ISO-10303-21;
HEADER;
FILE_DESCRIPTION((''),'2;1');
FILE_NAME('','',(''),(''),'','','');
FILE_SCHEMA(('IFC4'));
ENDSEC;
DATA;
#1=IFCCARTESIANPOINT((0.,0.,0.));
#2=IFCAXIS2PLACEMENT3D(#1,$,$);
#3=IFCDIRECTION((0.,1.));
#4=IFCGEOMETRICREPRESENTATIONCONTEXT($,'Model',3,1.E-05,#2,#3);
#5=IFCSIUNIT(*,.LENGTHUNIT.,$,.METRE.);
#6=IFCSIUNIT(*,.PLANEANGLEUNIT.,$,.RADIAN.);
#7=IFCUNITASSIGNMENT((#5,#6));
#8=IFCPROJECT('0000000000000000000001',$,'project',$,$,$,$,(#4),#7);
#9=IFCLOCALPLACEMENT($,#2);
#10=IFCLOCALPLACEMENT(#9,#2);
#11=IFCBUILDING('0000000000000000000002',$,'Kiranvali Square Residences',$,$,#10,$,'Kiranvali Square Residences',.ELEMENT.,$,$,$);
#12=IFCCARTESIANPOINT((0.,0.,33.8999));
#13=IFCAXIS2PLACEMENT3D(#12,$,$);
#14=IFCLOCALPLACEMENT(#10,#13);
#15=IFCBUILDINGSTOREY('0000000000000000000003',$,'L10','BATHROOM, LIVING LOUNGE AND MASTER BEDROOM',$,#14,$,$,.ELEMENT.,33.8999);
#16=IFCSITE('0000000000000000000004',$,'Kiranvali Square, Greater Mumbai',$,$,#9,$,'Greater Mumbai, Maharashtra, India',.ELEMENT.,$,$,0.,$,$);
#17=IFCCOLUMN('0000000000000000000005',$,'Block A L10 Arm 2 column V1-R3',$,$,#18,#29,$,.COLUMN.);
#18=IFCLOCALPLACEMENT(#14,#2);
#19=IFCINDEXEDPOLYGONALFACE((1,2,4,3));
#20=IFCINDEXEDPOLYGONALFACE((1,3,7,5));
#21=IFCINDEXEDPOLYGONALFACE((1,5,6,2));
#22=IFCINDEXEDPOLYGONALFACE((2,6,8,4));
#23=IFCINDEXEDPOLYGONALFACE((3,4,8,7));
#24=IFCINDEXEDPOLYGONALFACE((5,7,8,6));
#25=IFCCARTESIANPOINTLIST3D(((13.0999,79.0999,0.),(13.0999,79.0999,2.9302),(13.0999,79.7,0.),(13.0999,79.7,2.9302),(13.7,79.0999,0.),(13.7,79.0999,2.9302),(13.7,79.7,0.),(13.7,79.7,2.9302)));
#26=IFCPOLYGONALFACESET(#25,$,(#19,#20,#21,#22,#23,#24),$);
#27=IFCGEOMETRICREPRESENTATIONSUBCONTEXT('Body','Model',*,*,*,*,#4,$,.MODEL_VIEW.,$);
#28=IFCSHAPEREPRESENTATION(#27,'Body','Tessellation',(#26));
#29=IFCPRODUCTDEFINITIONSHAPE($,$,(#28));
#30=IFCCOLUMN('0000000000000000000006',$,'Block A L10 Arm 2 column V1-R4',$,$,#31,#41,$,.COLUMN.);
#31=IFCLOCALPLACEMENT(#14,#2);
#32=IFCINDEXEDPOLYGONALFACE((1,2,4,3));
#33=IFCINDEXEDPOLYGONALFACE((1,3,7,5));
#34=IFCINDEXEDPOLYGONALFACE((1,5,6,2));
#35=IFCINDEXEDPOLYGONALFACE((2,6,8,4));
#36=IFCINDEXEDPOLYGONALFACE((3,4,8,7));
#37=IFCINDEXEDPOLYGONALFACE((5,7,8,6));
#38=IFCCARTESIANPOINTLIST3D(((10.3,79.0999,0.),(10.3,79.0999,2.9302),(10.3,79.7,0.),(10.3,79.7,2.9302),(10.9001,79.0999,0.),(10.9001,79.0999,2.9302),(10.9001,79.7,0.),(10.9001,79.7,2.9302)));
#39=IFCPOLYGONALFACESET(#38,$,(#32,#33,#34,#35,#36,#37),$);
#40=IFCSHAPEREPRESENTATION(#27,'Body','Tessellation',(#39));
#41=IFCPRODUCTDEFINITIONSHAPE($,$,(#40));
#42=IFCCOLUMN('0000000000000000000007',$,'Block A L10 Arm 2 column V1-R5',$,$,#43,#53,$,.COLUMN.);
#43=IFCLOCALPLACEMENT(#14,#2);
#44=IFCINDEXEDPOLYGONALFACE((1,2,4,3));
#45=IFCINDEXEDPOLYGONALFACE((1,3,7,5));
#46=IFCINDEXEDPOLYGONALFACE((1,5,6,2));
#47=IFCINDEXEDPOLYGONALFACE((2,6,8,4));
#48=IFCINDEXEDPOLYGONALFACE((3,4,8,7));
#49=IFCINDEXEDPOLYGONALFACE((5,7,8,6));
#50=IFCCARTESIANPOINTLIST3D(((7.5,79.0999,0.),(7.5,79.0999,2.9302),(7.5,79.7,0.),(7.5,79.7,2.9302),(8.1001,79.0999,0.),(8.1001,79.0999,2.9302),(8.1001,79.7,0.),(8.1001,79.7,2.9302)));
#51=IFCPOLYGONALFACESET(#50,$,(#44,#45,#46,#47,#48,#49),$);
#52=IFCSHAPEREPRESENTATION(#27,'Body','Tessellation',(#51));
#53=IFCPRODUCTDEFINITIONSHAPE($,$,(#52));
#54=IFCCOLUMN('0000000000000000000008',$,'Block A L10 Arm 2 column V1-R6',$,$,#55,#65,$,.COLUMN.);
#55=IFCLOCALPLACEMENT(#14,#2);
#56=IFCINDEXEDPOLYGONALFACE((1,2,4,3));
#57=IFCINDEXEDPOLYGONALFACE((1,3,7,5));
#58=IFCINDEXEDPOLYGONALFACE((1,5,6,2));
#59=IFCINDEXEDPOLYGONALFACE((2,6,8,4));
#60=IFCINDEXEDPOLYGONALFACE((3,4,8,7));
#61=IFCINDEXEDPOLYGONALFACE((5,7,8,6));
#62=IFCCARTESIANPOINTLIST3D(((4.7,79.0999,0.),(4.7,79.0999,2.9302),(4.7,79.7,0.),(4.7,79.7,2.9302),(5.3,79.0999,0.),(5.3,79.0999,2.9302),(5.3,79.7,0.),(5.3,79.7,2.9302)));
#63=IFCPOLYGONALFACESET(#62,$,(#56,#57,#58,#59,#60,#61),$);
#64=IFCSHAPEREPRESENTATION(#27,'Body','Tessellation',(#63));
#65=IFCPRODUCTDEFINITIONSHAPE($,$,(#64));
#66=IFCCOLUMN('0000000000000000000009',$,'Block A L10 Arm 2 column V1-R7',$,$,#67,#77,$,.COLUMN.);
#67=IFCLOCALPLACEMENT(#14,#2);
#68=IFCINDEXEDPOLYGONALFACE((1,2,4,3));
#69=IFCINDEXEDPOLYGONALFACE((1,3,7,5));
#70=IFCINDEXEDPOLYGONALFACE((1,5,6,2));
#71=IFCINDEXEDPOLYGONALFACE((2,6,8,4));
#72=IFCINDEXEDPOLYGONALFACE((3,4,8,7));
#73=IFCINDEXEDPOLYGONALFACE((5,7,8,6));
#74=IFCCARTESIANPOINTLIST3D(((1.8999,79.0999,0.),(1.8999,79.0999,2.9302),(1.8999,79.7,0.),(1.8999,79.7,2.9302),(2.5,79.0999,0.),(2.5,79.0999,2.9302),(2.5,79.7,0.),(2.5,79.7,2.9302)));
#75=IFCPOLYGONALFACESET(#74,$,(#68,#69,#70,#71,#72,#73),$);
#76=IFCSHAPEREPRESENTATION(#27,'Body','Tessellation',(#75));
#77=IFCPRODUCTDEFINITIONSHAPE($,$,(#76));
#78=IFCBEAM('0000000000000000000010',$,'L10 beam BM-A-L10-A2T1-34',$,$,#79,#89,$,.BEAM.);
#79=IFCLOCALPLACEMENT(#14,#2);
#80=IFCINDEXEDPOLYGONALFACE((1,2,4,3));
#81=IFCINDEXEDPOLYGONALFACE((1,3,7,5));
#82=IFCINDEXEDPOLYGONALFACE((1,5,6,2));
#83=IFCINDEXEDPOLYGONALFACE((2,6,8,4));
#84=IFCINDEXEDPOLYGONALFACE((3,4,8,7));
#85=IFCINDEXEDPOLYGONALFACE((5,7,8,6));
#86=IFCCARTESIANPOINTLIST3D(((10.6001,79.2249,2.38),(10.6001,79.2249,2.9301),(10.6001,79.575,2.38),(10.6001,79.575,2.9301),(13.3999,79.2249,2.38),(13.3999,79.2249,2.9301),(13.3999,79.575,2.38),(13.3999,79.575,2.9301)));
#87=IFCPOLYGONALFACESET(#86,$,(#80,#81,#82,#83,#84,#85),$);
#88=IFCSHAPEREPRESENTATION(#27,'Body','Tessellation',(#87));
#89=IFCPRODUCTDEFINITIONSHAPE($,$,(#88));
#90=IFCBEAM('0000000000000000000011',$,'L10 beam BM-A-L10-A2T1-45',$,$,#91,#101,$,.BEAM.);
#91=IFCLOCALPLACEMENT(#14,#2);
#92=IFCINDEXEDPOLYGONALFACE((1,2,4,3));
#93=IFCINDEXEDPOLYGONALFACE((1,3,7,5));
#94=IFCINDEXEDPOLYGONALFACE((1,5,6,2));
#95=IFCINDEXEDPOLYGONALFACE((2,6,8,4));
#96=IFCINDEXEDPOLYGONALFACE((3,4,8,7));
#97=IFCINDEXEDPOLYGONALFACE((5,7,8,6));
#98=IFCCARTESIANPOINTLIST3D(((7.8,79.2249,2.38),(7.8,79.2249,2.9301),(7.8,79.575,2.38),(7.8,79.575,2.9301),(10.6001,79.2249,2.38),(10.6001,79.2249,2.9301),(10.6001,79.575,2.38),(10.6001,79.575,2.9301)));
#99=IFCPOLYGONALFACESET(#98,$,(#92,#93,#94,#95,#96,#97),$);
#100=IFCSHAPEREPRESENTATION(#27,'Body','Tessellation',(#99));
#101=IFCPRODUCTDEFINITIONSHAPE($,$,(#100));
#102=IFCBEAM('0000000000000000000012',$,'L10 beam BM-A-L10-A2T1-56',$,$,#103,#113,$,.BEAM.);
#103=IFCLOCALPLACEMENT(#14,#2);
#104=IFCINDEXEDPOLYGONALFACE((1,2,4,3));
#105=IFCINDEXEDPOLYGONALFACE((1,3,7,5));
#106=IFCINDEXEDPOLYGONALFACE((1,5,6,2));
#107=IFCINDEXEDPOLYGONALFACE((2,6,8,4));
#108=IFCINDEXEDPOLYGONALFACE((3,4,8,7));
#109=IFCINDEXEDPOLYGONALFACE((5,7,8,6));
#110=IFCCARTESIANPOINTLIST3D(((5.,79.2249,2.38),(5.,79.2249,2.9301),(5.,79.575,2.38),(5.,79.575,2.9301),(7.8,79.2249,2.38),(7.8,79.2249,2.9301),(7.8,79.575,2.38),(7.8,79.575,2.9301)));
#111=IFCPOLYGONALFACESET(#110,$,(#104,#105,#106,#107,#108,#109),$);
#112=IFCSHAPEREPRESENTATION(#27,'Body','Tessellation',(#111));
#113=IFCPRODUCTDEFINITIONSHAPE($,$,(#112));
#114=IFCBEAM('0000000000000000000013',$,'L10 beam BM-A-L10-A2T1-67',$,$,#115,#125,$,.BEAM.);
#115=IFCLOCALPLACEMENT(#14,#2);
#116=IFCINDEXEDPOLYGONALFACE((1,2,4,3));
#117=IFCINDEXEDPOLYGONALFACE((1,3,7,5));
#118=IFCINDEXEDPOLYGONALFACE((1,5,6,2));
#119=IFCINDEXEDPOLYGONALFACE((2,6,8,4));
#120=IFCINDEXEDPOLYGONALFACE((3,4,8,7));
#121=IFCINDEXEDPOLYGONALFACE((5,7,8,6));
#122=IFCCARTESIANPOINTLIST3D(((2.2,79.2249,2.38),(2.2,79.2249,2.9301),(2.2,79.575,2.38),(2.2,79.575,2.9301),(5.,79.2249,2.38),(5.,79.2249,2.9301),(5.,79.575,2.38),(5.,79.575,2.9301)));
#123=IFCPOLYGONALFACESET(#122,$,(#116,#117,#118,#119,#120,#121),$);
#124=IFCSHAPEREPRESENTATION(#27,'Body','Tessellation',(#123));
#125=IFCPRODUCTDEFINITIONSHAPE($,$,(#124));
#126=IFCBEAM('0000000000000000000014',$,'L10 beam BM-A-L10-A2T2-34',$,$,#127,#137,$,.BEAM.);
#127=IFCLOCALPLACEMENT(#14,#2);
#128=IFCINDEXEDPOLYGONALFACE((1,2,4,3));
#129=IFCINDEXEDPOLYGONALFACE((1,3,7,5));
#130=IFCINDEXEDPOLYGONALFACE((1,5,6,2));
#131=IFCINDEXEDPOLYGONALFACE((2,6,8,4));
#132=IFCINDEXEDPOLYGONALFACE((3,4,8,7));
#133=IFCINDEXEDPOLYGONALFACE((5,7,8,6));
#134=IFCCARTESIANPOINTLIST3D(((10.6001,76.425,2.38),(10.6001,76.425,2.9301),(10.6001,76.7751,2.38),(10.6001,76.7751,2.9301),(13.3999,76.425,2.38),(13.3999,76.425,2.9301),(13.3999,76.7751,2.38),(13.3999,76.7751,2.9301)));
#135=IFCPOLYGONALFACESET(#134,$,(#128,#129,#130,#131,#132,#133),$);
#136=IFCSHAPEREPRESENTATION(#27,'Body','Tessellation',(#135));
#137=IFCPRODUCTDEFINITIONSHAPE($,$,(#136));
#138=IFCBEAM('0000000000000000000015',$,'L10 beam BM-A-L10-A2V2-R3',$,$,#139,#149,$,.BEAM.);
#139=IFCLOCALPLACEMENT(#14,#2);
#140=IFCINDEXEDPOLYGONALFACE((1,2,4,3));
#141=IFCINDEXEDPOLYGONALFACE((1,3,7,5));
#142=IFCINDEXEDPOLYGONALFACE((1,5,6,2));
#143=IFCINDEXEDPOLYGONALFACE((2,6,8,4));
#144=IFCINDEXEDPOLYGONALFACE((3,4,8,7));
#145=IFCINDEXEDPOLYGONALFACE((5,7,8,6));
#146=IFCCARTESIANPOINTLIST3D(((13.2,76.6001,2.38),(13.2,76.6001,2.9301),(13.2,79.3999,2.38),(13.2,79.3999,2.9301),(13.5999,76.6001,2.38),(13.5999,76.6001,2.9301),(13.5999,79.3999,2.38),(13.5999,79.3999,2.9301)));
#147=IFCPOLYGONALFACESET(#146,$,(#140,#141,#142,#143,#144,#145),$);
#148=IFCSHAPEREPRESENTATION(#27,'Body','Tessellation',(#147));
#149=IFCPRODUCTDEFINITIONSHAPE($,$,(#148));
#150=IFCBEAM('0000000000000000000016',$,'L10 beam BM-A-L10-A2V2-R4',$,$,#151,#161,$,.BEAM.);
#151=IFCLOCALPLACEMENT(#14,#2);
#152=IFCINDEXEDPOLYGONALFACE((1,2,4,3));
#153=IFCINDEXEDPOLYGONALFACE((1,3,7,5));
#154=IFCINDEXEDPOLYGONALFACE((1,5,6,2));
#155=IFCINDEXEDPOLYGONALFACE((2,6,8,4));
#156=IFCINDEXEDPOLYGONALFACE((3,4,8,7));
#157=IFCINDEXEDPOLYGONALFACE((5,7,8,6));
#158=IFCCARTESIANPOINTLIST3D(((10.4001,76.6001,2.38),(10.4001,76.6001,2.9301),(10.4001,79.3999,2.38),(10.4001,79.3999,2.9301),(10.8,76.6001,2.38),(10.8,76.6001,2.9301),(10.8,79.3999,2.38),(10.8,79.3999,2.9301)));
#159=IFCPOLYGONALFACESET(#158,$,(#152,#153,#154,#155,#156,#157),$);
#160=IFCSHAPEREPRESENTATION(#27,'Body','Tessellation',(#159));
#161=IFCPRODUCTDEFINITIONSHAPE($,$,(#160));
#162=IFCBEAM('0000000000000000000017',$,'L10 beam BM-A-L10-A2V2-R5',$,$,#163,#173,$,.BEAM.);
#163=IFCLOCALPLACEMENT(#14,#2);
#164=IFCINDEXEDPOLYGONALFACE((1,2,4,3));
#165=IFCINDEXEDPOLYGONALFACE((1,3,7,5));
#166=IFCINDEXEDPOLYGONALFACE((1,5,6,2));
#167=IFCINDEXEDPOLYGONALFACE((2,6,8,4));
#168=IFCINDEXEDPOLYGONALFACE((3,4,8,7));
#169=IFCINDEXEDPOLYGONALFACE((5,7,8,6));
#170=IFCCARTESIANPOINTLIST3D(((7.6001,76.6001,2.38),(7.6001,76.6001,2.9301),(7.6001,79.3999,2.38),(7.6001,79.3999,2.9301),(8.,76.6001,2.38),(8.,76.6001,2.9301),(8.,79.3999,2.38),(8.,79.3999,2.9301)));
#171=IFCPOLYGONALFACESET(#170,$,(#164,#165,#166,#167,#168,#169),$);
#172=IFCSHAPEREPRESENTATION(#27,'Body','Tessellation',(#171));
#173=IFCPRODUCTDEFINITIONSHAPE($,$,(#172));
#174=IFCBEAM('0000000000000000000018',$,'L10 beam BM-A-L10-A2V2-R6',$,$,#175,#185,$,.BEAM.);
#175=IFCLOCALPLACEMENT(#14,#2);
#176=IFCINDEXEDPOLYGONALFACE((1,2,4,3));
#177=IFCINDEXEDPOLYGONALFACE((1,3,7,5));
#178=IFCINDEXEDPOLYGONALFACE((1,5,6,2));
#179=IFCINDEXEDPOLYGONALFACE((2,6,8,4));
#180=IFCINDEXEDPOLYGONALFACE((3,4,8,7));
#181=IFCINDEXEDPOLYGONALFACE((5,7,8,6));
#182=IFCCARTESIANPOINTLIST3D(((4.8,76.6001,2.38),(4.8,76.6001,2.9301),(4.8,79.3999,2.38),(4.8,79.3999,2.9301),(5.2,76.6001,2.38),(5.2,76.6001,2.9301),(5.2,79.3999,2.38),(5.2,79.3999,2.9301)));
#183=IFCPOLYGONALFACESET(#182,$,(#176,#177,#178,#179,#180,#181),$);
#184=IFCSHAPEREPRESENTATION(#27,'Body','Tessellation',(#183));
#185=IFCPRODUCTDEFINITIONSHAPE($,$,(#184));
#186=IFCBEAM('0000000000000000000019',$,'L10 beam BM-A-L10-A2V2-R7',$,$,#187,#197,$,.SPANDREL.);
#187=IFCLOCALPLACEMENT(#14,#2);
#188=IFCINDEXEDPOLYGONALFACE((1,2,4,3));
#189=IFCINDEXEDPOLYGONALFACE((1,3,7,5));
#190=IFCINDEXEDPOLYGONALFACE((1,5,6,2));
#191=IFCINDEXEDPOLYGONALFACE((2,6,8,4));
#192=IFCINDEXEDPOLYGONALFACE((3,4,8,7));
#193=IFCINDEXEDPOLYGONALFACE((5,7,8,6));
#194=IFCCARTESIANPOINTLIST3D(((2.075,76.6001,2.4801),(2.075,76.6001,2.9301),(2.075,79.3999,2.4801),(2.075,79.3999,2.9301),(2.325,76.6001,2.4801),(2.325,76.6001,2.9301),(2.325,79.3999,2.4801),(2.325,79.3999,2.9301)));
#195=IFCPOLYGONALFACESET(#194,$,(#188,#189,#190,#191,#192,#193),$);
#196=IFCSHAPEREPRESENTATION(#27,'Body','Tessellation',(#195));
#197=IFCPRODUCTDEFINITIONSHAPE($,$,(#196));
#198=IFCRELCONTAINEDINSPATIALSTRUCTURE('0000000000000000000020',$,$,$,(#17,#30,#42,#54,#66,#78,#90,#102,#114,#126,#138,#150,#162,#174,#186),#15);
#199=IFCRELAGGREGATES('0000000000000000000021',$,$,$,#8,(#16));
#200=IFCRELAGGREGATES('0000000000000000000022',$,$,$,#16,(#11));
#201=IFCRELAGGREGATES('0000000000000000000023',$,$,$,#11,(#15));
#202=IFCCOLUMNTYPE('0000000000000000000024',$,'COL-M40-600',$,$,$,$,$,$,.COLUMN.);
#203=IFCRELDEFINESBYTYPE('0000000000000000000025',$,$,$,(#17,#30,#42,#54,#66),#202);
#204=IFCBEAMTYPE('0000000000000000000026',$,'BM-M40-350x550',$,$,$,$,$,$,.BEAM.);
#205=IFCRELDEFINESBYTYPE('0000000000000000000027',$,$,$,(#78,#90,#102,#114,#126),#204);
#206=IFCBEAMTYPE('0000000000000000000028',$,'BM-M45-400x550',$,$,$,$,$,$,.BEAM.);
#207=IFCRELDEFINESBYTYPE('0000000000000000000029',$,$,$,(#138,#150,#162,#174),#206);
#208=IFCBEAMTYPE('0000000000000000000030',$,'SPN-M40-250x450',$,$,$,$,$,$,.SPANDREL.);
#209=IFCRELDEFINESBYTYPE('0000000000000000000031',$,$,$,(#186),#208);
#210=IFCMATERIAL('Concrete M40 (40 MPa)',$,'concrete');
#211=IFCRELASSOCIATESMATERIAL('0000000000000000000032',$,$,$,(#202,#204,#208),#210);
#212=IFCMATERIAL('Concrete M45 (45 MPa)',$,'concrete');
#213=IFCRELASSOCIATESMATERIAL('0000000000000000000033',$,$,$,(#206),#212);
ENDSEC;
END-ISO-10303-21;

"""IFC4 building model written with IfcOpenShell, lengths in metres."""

from ifc_helpers import new_model, si_unit, direction, frame, origin, origin_2d, place, context, subcontext, project, spatial, rectangle, extrude, material, material_profile, profile_set, type_object, element, save


model = new_model("IFC4")

# Units and contexts
model_context = context("Model", 3, precision=1e-05, world=origin(), true_north=direction((0.0, 1.0)))
body_context = subcontext(model_context, "Body", "Model", "MODEL_VIEW")
ifc_project = project(units=[si_unit("LENGTHUNIT", "METRE"), si_unit("PLANEANGLEUNIT", "RADIAN")], contexts=[model_context])

# Site, building, storey
site_placement = place(None, origin())
site = spatial("IfcSite", under=ifc_project, at=site_placement, Name="Kiranvali Square, Greater Mumbai", LongName="Greater Mumbai, Maharashtra, India", CompositionType="ELEMENT", RefElevation=0.0)
building_placement = place(site_placement, origin())
building = spatial("IfcBuilding", under=site, at=building_placement, Name="Kiranvali Square Residences", LongName="Kiranvali Square Residences", CompositionType="ELEMENT")
storey_placement = place(building_placement, frame((0.0, 0.0, 33.8999)))
storey = spatial("IfcBuildingStorey", under=building, at=storey_placement, Name="L10", Description="BATHROOM, LIVING LOUNGE AND MASTER BEDROOM", CompositionType="ELEMENT", Elevation=33.8999)

# Columns
ifc_material_1 = material(Name="Concrete M40 (40 MPa)", Category="concrete")
ifc_material_profile_1 = material_profile(ifc_material_1, rectangle(XDim=0.6001, YDim=0.6001, at=origin_2d()), Name="RC 600x600")
ifc_profile_set_1 = profile_set([ifc_material_profile_1], Name="Concrete M40 (40 MPa)")
column_type = type_object("IfcColumnType", Name="COL-M40-600", PredefinedType="COLUMN", material=ifc_profile_set_1)
for number, where, z_axis, x_axis, name in (
    (1, (13.3999, 79.3999, 0.0), (0.0, 0.0, 1.0), (1.0, 0.0, 0.0), "Block A L10 Arm 2 column V1-R3"),
    (2, (10.6001, 79.3999, 0.0), (0.0, 0.0, 1.0), (1.0, 0.0, 0.0), "Block A L10 Arm 2 column V1-R4"),
    (3, (7.8, 79.3999, 0.0), (0.0, 0.0, 1.0), (1.0, 0.0, 0.0), "Block A L10 Arm 2 column V1-R5"),
    (4, (5.0, 79.3999, 0.0), (0.0, 0.0, 1.0), (1.0, 0.0, 0.0), "Block A L10 Arm 2 column V1-R6"),
    (5, (2.2, 79.3999, 0.0), (0.0, 0.0, 1.0), (1.0, 0.0, 0.0), "Block A L10 Arm 2 column V1-R7"),
):
    element("IfcColumn", number, at=place(storey_placement, frame(where, z_axis=z_axis, x_axis=x_axis)), inside=storey, type_object=column_type, Name=name, PredefinedType="COLUMN", context=body_context, shape_type="SweptSolid", body=[
        extrude(rectangle(XDim=0.6001, YDim=0.6001, at=origin_2d()), origin(), (0.0, 0.0, 1.0), 2.9302),
    ])

# Beams
ifc_material_profile_2 = material_profile(ifc_material_1, rectangle(XDim=0.3501, YDim=0.55, at=origin_2d()), Name="RC 350x550")
ifc_profile_set_2 = profile_set([ifc_material_profile_2], Name="Concrete M40 (40 MPa)")
beam_type_1 = type_object("IfcBeamType", Name="BM-M40-350x550", PredefinedType="BEAM", material=ifc_profile_set_2)
beam_1_placement = place(storey_placement, frame((13.3999, 79.3999, 2.655), z_axis=(-1.0, 0.0, 0.0), x_axis=(0.0, -1.0, 0.0)))
element("IfcBeam", 6, at=beam_1_placement, inside=storey, type_object=beam_type_1, Name="L10 beam BM-A-L10-A2T1-34", PredefinedType="BEAM", context=body_context, shape_type="SweptSolid", body=[
    extrude(rectangle(XDim=0.3501, YDim=0.55, at=origin_2d()), origin(), (0.0, 0.0, 1.0), 2.7998),
])
for number, where, z_axis, x_axis, name in (
    (7, (10.6001, 79.3999, 2.655), (-1.0, 0.0, 0.0), (0.0, -1.0, 0.0), "L10 beam BM-A-L10-A2T1-45"),
    (8, (7.8, 79.3999, 2.655), (-1.0, 0.0, 0.0), (0.0, -1.0, 0.0), "L10 beam BM-A-L10-A2T1-56"),
    (9, (5.0, 79.3999, 2.655), (-1.0, 0.0, 0.0), (0.0, -1.0, 0.0), "L10 beam BM-A-L10-A2T1-67"),
):
    element("IfcBeam", number, at=place(storey_placement, frame(where, z_axis=z_axis, x_axis=x_axis)), inside=storey, type_object=beam_type_1, Name=name, PredefinedType="BEAM", context=body_context, shape_type="SweptSolid", body=[
        extrude(rectangle(XDim=0.3501, YDim=0.55, at=origin_2d()), origin(), (0.0, 0.0, 1.0), 2.8),
    ])
beam_2_placement = place(storey_placement, frame((13.3999, 76.6001, 2.655), z_axis=(-1.0, 0.0, 0.0), x_axis=(0.0, -1.0, 0.0)))
element("IfcBeam", 10, at=beam_2_placement, inside=storey, type_object=beam_type_1, Name="L10 beam BM-A-L10-A2T2-34", PredefinedType="BEAM", context=body_context, shape_type="SweptSolid", body=[
    extrude(rectangle(XDim=0.3501, YDim=0.55, at=origin_2d()), origin(), (0.0, 0.0, 1.0), 2.7998),
])
ifc_material_2 = material(Name="Concrete M45 (45 MPa)", Category="concrete")
ifc_material_profile_3 = material_profile(ifc_material_2, rectangle(XDim=0.3999, YDim=0.55, at=origin_2d()), Name="RC 400x550")
ifc_profile_set_3 = profile_set([ifc_material_profile_3], Name="Concrete M45 (45 MPa)")
beam_type_2 = type_object("IfcBeamType", Name="BM-M45-400x550", PredefinedType="BEAM", material=ifc_profile_set_3)
for number, where, z_axis, x_axis, name in (
    (11, (13.3999, 79.3999, 2.655), (0.0, -1.0, 0.0), (1.0, 0.0, 0.0), "L10 beam BM-A-L10-A2V2-R3"),
    (12, (10.6001, 79.3999, 2.655), (0.0, -1.0, 0.0), (1.0, 0.0, 0.0), "L10 beam BM-A-L10-A2V2-R4"),
    (13, (7.8, 79.3999, 2.655), (0.0, -1.0, 0.0), (1.0, 0.0, 0.0), "L10 beam BM-A-L10-A2V2-R5"),
    (14, (5.0, 79.3999, 2.655), (0.0, -1.0, 0.0), (1.0, 0.0, 0.0), "L10 beam BM-A-L10-A2V2-R6"),
):
    element("IfcBeam", number, at=place(storey_placement, frame(where, z_axis=z_axis, x_axis=x_axis)), inside=storey, type_object=beam_type_2, Name=name, PredefinedType="BEAM", context=body_context, shape_type="SweptSolid", body=[
        extrude(rectangle(XDim=0.3999, YDim=0.55, at=origin_2d()), origin(), (0.0, 0.0, 1.0), 2.7998),
    ])
ifc_material_profile_4 = material_profile(ifc_material_1, rectangle(XDim=0.25, YDim=0.45, at=origin_2d()), Name="RC 250x450")
ifc_profile_set_4 = profile_set([ifc_material_profile_4], Name="Concrete M40 (40 MPa)")
beam_type_3 = type_object("IfcBeamType", Name="SPN-M40-250x450", PredefinedType="SPANDREL", material=ifc_profile_set_4)
beam_3_placement = place(storey_placement, frame((2.2, 79.3999, 2.7051), z_axis=(0.0, -1.0, 0.0), x_axis=(1.0, 0.0, 0.0)))
element("IfcBeam", 15, at=beam_3_placement, inside=storey, type_object=beam_type_3, Name="L10 beam BM-A-L10-A2V2-R7", PredefinedType="SPANDREL", context=body_context, shape_type="SweptSolid", body=[
    extrude(rectangle(XDim=0.25, YDim=0.45, at=origin_2d()), origin(), (0.0, 0.0, 1.0), 2.7998),
])

save(model, "model.ifc")
